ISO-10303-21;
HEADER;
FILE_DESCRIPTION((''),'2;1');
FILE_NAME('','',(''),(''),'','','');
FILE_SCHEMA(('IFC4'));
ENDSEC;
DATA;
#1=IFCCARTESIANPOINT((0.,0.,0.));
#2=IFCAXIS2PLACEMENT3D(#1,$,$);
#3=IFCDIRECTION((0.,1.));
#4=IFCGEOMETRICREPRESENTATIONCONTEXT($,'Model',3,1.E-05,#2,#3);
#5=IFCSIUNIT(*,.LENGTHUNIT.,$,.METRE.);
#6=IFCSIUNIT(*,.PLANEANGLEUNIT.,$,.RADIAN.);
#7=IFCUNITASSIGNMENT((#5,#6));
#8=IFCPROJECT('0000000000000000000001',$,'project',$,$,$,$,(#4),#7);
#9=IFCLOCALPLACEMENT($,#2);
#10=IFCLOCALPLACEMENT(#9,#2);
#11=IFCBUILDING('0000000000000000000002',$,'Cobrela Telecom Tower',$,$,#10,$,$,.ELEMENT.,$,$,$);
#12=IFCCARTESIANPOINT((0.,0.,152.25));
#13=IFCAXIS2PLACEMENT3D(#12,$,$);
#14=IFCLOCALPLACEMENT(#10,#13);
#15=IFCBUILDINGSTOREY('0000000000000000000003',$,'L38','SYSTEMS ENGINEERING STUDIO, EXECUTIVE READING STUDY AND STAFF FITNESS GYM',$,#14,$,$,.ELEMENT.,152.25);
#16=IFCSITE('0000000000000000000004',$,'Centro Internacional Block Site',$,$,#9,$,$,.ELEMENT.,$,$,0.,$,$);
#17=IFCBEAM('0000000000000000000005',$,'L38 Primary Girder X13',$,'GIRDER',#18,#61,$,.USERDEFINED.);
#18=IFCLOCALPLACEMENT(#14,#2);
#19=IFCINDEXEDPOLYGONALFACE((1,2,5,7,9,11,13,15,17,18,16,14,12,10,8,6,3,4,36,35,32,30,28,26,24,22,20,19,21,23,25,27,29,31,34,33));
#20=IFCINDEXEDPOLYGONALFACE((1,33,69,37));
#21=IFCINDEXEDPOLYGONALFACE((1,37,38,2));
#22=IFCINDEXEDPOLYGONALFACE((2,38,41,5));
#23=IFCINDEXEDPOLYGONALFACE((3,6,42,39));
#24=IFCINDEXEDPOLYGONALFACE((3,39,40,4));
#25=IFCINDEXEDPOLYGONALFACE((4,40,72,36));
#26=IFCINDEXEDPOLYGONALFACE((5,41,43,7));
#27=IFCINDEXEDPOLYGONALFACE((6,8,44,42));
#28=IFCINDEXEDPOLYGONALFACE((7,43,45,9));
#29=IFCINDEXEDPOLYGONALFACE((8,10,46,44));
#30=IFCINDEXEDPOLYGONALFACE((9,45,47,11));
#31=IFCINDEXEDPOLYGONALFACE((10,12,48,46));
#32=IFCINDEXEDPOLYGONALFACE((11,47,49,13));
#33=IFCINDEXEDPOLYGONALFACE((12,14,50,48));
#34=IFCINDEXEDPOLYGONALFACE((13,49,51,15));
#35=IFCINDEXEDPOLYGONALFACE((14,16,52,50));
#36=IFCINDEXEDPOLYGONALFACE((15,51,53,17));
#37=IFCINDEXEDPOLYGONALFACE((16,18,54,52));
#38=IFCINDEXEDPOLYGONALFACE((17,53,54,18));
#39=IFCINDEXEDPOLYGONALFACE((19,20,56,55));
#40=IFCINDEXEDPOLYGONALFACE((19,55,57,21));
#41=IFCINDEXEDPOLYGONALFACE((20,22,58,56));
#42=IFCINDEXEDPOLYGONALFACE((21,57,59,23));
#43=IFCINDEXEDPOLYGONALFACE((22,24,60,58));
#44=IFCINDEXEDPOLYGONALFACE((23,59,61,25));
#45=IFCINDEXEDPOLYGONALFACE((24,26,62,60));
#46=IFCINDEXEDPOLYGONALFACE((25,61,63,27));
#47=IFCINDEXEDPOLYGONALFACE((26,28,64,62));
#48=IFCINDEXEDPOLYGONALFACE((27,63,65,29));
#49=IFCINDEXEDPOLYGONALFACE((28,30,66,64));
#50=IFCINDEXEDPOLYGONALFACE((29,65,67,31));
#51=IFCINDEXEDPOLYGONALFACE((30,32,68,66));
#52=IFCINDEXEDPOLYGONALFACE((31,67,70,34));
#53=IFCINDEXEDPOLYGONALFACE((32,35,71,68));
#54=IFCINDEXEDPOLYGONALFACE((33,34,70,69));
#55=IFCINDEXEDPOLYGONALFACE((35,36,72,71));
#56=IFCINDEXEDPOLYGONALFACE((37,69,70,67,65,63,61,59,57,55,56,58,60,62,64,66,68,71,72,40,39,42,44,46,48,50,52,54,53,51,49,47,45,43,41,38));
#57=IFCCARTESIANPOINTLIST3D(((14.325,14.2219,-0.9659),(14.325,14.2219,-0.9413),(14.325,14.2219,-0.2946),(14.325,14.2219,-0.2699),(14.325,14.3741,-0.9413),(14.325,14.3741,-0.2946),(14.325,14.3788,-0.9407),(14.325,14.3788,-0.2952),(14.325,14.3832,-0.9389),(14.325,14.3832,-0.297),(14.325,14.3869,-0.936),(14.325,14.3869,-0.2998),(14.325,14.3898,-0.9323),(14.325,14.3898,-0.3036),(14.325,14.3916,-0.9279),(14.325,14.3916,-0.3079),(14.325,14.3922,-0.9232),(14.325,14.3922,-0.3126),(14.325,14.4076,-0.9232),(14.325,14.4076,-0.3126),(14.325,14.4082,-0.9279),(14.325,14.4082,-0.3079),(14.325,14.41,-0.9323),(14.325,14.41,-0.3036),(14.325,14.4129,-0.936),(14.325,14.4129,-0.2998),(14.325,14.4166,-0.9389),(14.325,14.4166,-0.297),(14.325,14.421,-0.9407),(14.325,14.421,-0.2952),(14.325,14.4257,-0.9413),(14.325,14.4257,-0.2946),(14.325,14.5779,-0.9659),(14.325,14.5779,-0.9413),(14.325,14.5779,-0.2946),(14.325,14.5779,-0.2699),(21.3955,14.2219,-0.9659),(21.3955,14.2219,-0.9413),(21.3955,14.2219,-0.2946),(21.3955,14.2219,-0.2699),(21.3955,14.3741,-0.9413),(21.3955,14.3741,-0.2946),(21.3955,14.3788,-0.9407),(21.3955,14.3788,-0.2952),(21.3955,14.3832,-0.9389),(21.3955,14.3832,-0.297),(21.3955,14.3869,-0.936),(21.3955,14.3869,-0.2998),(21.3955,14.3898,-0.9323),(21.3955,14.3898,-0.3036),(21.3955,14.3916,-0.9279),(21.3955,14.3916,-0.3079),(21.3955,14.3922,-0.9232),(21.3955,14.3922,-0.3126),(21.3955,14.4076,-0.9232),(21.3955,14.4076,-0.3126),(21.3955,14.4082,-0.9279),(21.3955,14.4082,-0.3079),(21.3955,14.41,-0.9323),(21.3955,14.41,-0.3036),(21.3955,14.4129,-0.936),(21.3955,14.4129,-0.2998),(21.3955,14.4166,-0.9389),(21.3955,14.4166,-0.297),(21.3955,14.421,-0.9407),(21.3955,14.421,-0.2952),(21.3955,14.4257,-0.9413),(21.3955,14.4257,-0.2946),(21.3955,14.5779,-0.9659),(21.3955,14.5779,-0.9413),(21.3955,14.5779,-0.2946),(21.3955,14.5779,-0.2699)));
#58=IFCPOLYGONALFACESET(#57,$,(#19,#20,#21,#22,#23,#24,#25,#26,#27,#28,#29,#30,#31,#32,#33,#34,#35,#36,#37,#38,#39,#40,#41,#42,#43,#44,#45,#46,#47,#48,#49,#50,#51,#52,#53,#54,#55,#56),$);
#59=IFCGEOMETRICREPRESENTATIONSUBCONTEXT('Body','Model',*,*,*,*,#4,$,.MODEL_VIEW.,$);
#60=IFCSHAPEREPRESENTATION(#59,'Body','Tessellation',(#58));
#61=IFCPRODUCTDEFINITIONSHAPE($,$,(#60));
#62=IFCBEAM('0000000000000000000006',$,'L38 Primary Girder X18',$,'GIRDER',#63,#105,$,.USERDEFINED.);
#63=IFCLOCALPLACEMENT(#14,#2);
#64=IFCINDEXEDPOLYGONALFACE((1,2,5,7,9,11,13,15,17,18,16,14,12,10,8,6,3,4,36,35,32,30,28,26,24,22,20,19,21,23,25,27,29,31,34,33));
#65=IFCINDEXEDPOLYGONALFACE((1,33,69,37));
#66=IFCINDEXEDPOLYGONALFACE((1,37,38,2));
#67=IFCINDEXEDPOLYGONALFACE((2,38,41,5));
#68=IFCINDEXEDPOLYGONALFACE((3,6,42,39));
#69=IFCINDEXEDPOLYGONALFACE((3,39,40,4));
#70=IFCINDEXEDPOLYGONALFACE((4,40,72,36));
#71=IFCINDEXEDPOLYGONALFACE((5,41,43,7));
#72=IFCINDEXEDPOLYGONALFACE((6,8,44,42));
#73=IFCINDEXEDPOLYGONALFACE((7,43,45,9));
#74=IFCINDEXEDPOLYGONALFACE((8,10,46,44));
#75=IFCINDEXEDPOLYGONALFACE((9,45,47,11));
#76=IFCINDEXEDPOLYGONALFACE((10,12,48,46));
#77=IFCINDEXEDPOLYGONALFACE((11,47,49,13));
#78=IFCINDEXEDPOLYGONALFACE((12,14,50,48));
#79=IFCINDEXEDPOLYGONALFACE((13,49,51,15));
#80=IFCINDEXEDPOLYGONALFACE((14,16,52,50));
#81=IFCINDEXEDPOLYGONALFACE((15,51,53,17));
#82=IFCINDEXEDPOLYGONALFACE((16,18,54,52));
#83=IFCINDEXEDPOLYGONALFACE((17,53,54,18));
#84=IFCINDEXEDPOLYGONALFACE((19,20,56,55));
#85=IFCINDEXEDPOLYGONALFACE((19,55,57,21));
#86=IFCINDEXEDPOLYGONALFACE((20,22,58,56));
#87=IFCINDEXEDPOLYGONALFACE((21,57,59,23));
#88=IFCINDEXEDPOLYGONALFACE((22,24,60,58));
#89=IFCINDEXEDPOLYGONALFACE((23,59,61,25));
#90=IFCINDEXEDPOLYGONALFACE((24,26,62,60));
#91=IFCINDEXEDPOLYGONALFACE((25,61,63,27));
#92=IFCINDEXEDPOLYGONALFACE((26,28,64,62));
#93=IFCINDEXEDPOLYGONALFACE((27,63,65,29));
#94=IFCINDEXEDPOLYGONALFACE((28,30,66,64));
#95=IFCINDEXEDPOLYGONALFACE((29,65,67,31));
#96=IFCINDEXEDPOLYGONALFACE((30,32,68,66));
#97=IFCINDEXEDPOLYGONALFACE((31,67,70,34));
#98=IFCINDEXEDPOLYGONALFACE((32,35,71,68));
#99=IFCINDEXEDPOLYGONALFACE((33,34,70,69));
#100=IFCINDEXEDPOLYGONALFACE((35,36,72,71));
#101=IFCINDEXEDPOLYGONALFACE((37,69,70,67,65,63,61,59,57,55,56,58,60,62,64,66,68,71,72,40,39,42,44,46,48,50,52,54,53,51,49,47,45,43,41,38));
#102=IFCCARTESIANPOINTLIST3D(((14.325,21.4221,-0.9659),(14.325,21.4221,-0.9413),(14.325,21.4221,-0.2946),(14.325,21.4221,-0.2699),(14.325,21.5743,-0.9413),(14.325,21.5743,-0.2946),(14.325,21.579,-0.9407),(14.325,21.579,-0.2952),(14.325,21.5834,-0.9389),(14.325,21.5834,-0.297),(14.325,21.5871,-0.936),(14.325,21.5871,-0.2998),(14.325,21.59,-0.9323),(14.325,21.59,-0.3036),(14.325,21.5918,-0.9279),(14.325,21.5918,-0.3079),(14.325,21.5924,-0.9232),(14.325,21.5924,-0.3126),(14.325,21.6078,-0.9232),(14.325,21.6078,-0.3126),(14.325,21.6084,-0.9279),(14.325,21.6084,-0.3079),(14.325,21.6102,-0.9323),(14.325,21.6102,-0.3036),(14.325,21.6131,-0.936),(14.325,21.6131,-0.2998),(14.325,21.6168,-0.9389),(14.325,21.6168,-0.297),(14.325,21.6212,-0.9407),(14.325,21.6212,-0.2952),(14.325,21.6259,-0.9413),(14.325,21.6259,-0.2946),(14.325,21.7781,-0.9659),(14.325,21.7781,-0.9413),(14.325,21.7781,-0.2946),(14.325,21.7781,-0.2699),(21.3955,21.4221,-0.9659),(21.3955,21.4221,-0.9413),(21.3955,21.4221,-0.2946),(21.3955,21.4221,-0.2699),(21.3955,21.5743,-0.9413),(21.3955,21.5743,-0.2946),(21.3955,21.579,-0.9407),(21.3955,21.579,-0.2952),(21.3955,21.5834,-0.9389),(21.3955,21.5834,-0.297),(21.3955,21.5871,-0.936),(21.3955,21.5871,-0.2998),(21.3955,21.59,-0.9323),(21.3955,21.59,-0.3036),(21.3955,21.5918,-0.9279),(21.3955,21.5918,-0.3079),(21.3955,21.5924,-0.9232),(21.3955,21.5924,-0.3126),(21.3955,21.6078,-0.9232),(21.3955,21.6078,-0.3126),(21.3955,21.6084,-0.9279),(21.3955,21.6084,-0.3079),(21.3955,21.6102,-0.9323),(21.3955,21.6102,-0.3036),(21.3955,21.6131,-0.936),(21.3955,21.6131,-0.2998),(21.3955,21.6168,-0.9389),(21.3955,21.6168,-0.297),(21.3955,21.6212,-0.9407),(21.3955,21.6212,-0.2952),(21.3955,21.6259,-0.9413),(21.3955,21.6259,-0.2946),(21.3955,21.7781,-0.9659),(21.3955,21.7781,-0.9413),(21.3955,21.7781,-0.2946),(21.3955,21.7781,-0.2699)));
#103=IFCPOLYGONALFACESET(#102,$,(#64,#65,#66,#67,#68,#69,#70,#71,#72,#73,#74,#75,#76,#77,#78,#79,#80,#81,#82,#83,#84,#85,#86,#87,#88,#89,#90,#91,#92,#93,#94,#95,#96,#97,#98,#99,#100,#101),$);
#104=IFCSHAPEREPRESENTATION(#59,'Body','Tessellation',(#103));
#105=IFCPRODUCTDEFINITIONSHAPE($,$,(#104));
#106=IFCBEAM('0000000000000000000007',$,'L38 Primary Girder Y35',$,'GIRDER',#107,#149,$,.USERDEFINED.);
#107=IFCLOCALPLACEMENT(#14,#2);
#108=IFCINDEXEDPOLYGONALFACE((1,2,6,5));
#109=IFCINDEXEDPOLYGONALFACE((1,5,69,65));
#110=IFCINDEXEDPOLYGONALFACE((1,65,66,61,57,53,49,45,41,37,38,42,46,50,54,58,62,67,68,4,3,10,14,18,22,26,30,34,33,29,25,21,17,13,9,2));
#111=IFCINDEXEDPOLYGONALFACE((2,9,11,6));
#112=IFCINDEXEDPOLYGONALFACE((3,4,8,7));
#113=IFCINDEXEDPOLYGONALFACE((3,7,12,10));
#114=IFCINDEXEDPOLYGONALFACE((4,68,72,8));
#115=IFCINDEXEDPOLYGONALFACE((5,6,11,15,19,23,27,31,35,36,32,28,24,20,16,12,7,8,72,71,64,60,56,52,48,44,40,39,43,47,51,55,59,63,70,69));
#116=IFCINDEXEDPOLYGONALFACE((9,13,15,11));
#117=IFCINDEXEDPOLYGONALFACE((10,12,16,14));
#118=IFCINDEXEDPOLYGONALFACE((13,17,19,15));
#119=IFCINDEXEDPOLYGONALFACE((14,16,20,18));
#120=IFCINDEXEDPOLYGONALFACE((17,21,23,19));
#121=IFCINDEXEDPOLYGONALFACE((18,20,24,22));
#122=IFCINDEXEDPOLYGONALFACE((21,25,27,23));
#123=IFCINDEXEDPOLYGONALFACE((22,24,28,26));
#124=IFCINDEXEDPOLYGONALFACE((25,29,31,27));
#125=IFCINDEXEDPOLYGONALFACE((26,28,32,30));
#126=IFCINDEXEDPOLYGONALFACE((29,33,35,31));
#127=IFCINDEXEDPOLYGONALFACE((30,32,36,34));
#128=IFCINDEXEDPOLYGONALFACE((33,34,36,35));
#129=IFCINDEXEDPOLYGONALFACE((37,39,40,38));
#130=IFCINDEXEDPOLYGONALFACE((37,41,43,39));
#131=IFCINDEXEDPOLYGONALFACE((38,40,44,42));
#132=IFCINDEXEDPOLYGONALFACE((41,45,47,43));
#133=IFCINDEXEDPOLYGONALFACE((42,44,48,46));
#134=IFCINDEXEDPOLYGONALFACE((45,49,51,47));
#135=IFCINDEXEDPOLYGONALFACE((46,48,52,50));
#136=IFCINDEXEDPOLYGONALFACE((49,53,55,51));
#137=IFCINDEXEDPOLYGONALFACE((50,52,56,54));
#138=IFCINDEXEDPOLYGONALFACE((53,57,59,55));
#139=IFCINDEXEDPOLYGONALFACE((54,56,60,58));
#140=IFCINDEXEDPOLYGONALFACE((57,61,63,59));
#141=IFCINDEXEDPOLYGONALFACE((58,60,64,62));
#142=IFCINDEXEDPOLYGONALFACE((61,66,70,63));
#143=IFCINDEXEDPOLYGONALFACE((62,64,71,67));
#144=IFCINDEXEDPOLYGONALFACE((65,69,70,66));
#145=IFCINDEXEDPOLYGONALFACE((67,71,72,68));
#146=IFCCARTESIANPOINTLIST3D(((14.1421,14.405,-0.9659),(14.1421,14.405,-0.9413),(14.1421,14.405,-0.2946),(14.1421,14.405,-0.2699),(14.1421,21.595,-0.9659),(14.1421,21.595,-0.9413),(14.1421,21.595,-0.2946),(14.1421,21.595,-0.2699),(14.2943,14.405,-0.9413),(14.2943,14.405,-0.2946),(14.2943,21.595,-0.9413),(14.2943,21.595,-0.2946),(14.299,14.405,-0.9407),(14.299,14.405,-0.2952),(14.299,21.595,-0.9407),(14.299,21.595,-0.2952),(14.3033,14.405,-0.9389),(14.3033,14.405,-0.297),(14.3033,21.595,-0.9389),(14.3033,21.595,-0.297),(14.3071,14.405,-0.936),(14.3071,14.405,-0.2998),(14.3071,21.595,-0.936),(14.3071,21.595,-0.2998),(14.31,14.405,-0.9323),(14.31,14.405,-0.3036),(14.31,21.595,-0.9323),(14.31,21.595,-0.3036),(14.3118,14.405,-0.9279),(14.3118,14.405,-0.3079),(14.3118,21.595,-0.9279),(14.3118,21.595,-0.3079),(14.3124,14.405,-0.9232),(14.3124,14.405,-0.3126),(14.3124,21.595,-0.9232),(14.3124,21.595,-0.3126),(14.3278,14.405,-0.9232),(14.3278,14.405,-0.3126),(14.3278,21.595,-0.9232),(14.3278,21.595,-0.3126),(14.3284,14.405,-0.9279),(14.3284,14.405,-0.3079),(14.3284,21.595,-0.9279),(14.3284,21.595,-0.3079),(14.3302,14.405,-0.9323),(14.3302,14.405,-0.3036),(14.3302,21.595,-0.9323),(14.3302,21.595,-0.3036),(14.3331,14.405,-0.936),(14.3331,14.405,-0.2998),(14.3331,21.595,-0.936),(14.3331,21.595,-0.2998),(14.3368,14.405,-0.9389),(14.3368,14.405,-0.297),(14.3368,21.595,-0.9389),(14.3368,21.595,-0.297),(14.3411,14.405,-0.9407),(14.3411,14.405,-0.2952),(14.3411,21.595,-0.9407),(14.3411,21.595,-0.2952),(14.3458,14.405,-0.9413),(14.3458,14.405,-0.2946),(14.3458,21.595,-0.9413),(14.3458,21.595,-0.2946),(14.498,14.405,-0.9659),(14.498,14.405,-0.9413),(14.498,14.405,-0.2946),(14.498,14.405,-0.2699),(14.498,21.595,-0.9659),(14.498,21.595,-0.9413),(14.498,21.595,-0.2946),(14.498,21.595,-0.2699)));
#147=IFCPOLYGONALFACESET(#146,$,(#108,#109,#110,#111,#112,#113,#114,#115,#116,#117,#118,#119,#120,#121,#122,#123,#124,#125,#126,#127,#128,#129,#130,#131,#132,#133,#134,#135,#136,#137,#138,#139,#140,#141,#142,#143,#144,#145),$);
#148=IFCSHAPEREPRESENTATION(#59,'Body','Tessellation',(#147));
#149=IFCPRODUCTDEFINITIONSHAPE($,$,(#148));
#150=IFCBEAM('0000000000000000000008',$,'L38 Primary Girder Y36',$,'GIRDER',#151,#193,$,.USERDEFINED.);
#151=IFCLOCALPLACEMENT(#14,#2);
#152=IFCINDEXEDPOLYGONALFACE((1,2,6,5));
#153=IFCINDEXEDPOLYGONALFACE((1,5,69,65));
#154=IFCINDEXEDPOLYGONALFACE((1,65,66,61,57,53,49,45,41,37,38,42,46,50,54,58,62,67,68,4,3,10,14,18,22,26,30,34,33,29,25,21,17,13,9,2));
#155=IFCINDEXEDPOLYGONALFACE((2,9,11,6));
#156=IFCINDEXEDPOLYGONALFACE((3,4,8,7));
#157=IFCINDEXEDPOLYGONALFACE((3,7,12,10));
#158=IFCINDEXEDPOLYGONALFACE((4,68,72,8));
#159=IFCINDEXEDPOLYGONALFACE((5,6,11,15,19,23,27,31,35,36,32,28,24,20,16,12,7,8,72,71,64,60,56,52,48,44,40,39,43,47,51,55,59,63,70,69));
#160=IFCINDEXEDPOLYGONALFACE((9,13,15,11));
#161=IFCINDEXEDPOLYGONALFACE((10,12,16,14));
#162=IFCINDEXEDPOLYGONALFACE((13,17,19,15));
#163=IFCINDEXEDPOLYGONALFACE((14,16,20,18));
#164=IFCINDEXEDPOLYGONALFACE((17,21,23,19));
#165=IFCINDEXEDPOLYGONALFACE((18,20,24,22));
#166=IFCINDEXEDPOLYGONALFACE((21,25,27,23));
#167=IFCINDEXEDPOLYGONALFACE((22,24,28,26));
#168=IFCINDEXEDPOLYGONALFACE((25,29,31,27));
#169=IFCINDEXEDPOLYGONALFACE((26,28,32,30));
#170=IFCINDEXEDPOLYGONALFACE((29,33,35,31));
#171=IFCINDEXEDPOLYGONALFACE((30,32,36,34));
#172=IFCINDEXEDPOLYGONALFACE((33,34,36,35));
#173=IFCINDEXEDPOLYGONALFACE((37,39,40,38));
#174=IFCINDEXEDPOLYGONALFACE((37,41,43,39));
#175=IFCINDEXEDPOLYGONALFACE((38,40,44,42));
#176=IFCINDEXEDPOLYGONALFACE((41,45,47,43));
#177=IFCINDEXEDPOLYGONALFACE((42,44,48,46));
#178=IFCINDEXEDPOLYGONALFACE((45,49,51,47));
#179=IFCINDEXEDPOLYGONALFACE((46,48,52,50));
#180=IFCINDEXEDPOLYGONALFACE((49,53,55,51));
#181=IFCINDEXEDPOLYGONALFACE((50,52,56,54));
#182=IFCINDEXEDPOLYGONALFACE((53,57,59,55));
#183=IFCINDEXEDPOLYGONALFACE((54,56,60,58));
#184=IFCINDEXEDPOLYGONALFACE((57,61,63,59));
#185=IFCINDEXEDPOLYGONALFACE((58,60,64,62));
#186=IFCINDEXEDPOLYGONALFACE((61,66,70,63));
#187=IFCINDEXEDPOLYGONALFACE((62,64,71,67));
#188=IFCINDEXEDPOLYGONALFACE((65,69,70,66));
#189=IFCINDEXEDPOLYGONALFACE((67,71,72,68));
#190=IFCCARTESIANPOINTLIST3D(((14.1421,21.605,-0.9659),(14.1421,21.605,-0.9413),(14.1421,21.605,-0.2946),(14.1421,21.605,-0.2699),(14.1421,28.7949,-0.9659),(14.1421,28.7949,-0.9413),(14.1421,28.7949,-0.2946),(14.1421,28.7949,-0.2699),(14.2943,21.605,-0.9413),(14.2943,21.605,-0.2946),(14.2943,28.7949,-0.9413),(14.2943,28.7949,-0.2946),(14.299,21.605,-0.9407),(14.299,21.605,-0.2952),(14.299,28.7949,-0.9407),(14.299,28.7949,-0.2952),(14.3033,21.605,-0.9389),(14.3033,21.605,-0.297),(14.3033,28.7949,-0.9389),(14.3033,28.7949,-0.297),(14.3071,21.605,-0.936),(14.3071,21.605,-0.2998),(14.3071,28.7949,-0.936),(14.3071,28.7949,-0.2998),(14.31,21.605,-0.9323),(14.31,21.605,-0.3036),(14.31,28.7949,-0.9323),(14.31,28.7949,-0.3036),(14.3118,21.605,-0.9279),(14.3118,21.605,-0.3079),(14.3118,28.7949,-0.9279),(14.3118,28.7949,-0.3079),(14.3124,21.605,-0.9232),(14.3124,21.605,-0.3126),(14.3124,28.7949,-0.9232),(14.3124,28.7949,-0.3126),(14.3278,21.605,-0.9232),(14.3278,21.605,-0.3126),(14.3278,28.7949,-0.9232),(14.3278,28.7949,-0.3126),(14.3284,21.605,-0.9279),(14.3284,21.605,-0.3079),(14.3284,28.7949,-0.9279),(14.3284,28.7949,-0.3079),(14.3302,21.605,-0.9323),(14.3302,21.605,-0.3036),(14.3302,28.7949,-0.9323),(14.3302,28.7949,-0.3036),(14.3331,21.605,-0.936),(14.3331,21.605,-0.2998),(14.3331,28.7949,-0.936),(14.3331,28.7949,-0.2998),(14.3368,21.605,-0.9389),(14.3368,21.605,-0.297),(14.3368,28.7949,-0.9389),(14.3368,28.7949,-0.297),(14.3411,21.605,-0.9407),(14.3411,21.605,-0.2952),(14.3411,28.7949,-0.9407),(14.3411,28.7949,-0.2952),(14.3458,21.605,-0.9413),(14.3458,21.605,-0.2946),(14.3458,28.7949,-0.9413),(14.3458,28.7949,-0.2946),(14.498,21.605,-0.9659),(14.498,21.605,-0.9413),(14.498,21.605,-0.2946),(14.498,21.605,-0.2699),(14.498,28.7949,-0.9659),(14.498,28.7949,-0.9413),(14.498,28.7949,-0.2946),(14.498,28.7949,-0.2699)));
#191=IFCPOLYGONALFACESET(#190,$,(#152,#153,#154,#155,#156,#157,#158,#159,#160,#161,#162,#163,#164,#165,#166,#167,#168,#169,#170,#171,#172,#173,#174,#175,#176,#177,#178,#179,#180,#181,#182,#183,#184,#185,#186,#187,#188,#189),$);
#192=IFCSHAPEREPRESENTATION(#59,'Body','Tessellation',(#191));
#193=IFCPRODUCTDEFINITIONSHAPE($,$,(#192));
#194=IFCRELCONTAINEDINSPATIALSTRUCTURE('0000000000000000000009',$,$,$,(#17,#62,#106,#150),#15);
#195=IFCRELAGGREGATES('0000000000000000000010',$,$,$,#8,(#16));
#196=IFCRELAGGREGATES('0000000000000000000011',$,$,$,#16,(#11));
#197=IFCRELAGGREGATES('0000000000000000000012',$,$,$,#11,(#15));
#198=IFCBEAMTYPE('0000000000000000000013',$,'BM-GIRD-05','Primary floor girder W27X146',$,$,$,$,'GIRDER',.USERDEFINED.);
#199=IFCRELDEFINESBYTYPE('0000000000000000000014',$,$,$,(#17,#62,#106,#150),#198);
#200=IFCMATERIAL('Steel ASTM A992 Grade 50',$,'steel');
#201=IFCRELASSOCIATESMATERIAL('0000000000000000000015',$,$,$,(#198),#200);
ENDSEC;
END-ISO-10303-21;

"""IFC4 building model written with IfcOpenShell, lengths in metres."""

from ifc_helpers import new_model, si_unit, direction, frame, origin, origin_2d, place, context, subcontext, project, spatial, i_section, extrude, material, material_profile, profile_set, type_object, element, save


model = new_model("IFC4")

# Units and contexts
model_context = context("Model", 3, precision=1e-05, world=origin(), true_north=direction((0.0, 1.0)))
body_context = subcontext(model_context, "Body", "Model", "MODEL_VIEW")
ifc_project = project(units=[si_unit("LENGTHUNIT", "METRE"), si_unit("PLANEANGLEUNIT", "RADIAN")], contexts=[model_context])

# Site, building, storey
site_placement = place(None, origin())
site = spatial("IfcSite", under=ifc_project, at=site_placement, Name="Centro Internacional Block Site", CompositionType="ELEMENT", RefElevation=0.0)
building_placement = place(site_placement, origin())
building = spatial("IfcBuilding", under=site, at=building_placement, Name="Cobrela Telecom Tower", CompositionType="ELEMENT")
storey_placement = place(building_placement, frame((0.0, 0.0, 152.25)))
storey = spatial("IfcBuildingStorey", under=building, at=storey_placement, Name="L38", Description="SYSTEMS ENGINEERING STUDIO, EXECUTIVE READING STUDY AND STAFF FITNESS GYM", CompositionType="ELEMENT", Elevation=152.25)

# Beams
ifc_material_1 = material(Name="Steel ASTM A992 Grade 50", Category="steel")
ifc_material_profile_1 = material_profile(ifc_material_1, i_section(OverallWidth=0.356, OverallDepth=0.696, WebThickness=0.0154, FlangeThickness=0.0247, FilletRadius=0.0181, at=origin_2d()), Name="W27X146")
ifc_profile_set_1 = profile_set([ifc_material_profile_1], Name="Steel ASTM A992 Grade 50")
beam_type_1 = type_object("IfcBeamType", Name="BM-GIRD-05", Description="Primary floor girder W27X146", ElementType="GIRDER", PredefinedType="USERDEFINED", material=ifc_profile_set_1)
for number, where, z_axis, x_axis, name in (
    (1, (14.325, 14.3999, -0.6179), (1.0, 0.0, 0.0), (0.0, 1.0, 0.0), "L38 Primary Girder X13"),
    (2, (14.325, 21.6001, -0.6179), (1.0, 0.0, 0.0), (0.0, 1.0, 0.0), "L38 Primary Girder X18"),
):
    element("IfcBeam", number, at=place(storey_placement, frame(where, z_axis=z_axis, x_axis=x_axis)), inside=storey, type_object=beam_type_1, Name=name, ObjectType="GIRDER", PredefinedType="USERDEFINED", context=body_context, shape_type="SweptSolid", body=[
        extrude(i_section(OverallWidth=0.356, OverallDepth=0.696, WebThickness=0.0154, FlangeThickness=0.0247, FilletRadius=0.0181, at=origin_2d()), origin(), (0.0, 0.0, 1.0), 7.0706),
    ])
for number, where, z_axis, x_axis, name in (
    (3, (14.3201, 14.405, -0.6179), (0.0, 1.0, 0.0), (-1.0, 0.0, 0.0), "L38 Primary Girder Y35"),
    (4, (14.3201, 21.605, -0.6179), (0.0, 1.0, 0.0), (-1.0, 0.0, 0.0), "L38 Primary Girder Y36"),
):
    element("IfcBeam", number, at=place(storey_placement, frame(where, z_axis=z_axis, x_axis=x_axis)), inside=storey, type_object=beam_type_1, Name=name, ObjectType="GIRDER", PredefinedType="USERDEFINED", context=body_context, shape_type="SweptSolid", body=[
        extrude(i_section(OverallWidth=0.356, OverallDepth=0.696, WebThickness=0.0154, FlangeThickness=0.0247, FilletRadius=0.0181, at=origin_2d()), origin(), (0.0, 0.0, 1.0), 7.1899),
    ])

save(model, "model.ifc")
